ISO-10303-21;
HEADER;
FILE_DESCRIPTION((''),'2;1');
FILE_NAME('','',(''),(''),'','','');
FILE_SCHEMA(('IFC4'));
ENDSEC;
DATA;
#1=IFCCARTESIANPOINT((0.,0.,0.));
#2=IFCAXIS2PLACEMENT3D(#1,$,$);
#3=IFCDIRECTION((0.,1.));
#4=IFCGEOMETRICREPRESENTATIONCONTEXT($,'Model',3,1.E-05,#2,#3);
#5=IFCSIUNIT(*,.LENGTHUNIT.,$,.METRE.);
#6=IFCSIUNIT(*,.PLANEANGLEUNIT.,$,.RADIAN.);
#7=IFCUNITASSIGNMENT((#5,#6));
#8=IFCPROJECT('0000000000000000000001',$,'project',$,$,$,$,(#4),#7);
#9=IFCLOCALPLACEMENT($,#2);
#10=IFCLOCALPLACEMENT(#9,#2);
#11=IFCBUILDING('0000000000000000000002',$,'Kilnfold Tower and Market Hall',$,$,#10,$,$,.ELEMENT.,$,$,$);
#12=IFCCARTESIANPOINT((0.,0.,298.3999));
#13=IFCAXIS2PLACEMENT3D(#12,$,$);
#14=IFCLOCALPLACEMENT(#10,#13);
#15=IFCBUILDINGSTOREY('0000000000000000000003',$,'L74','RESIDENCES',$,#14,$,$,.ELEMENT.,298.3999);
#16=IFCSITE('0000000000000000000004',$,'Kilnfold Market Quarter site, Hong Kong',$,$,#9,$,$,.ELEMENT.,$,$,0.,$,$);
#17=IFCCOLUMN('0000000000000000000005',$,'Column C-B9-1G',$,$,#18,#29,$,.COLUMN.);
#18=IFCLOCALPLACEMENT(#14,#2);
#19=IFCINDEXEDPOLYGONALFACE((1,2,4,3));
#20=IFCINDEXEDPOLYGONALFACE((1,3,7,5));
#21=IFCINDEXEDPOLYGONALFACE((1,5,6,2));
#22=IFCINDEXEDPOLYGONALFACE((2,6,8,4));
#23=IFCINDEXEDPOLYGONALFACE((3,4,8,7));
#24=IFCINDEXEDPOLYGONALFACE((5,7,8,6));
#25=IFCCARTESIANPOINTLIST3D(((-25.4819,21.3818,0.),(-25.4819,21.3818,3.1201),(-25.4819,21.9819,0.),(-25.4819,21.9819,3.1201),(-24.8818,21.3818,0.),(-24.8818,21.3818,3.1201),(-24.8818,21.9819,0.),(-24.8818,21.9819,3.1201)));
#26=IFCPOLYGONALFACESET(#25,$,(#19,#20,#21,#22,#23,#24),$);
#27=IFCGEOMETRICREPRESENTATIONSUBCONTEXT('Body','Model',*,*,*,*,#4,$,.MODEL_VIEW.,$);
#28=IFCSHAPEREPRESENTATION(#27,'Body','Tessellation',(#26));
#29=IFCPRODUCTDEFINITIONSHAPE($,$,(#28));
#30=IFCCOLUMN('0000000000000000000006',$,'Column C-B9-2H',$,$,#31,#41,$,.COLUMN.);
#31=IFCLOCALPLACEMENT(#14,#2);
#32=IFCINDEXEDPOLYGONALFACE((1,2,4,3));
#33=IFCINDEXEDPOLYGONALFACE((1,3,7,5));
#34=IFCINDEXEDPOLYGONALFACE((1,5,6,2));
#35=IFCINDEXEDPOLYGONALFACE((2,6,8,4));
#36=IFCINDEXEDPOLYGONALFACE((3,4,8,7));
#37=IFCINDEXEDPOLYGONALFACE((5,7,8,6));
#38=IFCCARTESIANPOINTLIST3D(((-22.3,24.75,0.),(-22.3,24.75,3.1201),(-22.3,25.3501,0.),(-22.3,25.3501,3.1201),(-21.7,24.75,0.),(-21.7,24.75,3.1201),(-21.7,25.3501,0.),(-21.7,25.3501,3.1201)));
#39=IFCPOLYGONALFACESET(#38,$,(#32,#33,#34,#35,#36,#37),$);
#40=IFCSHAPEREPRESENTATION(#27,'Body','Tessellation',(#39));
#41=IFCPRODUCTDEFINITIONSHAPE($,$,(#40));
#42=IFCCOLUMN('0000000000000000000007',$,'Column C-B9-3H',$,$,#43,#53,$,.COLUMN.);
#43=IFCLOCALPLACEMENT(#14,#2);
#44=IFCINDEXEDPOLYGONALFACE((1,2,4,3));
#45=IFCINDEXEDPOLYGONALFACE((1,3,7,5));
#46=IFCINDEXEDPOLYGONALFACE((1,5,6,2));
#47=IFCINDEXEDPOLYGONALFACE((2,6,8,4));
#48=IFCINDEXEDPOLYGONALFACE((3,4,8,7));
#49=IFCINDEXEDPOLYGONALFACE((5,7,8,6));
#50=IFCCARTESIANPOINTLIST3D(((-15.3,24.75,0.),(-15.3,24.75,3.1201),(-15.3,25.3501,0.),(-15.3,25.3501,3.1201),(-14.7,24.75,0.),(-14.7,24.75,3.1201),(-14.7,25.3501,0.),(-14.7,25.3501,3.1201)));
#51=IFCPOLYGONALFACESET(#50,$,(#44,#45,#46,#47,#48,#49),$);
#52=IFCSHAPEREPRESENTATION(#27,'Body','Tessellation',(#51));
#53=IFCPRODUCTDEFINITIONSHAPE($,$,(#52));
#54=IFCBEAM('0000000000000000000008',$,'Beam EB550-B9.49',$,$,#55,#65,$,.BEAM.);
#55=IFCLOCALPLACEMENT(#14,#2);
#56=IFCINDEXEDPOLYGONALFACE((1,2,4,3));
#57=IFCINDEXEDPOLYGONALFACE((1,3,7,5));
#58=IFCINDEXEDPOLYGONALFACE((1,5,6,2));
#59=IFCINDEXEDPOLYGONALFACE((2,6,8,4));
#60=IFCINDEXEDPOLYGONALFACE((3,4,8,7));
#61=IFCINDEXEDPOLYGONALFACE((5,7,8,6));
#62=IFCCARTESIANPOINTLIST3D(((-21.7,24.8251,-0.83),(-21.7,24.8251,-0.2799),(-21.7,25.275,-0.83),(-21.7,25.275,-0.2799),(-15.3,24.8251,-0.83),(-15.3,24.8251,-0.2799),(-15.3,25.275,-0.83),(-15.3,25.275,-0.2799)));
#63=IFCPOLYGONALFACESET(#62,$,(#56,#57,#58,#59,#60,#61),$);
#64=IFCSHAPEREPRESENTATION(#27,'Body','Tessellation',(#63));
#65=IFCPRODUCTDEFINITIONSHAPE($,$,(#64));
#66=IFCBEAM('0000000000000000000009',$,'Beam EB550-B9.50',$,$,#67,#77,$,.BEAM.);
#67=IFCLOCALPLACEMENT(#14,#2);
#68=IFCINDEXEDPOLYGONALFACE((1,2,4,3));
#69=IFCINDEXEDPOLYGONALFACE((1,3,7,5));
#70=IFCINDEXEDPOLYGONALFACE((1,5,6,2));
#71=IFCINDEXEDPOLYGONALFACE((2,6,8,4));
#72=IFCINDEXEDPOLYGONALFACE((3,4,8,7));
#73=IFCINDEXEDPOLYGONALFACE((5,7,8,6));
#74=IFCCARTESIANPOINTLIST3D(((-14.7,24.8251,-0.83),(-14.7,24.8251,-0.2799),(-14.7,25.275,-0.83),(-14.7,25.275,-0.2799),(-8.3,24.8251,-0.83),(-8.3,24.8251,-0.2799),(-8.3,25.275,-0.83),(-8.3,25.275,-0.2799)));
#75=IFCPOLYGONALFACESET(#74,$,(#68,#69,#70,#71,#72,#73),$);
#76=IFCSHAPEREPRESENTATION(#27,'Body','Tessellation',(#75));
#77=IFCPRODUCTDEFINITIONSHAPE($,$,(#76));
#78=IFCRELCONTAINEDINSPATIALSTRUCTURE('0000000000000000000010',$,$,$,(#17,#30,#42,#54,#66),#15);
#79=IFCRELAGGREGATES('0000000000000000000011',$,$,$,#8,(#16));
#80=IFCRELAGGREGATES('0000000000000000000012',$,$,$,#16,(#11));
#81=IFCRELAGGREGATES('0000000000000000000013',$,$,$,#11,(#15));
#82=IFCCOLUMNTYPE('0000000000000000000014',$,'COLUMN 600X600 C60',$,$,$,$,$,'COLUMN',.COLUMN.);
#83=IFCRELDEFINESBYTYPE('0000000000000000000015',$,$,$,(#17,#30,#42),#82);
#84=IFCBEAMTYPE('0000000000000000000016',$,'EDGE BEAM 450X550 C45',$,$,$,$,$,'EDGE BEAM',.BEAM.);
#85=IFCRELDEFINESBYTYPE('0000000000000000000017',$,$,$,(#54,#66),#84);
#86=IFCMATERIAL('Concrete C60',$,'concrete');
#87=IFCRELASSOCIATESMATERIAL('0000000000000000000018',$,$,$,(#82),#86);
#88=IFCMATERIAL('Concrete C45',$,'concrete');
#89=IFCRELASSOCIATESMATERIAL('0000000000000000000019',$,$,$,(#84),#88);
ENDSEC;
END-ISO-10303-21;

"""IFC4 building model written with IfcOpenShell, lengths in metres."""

from ifc_helpers import new_model, si_unit, direction, frame, origin, origin_2d, place, context, subcontext, project, spatial, rectangle, extrude, source, transform, mapped, material, material_profile, profile_set, type_object, element, save


model = new_model("IFC4")

# Units and contexts
model_context = context("Model", 3, precision=1e-05, world=origin(), true_north=direction((0.0, 1.0)))
body_context = subcontext(model_context, "Body", "Model", "MODEL_VIEW")
ifc_project = project(units=[si_unit("LENGTHUNIT", "METRE"), si_unit("PLANEANGLEUNIT", "RADIAN")], contexts=[model_context])

# Site, building, storey
site_placement = place(None, origin())
site = spatial("IfcSite", under=ifc_project, at=site_placement, Name="Kilnfold Market Quarter site, Hong Kong", CompositionType="ELEMENT", RefElevation=0.0)
building_placement = place(site_placement, origin())
building = spatial("IfcBuilding", under=site, at=building_placement, Name="Kilnfold Tower and Market Hall", CompositionType="ELEMENT")
storey_placement = place(building_placement, frame((0.0, 0.0, 298.3999)))
storey = spatial("IfcBuildingStorey", under=building, at=storey_placement, Name="L74", Description="RESIDENCES", CompositionType="ELEMENT", Elevation=298.3999)

# Columns
ifc_material_1 = material(Name="Concrete C60", Category="concrete")
ifc_material_profile_1 = material_profile(ifc_material_1, rectangle(XDim=0.6001, YDim=0.6001, at=origin_2d()), Name="RC 600x600")
ifc_profile_set_1 = profile_set([ifc_material_profile_1], Name="Concrete C60")
column_type = type_object("IfcColumnType", Name="COLUMN 600X600 C60", ElementType="COLUMN", PredefinedType="COLUMN", material=ifc_profile_set_1)
shared_shape_1 = source(origin(), body_context, "Body", "SweptSolid", [
    extrude(rectangle(XDim=0.6001, YDim=0.6001, at=origin_2d()), origin(), (0.0, 0.0, 1.0), 3.1201),
])
for number, where, z_axis, x_axis, name in (
    (1, (-25.1819, 21.6819, 0.0), (0.0, 0.0, 1.0), (1.0, 0.0, 0.0), "Column C-B9-1G"),
    (2, (-22.0, 25.05, 0.0), (0.0, 0.0, 1.0), (1.0, 0.0, 0.0), "Column C-B9-2H"),
    (3, (-15.0, 25.05, 0.0), (0.0, 0.0, 1.0), (1.0, 0.0, 0.0), "Column C-B9-3H"),
):
    element("IfcColumn", number, at=place(storey_placement, frame(where, z_axis=z_axis, x_axis=x_axis)), inside=storey, type_object=column_type, Name=name, PredefinedType="COLUMN", context=body_context, shape_type="MappedRepresentation", body=[
        mapped(shared_shape_1, transform((0.0, 0.0, 0.0))),
    ])

# Beams
ifc_material_2 = material(Name="Concrete C45", Category="concrete")
ifc_material_profile_2 = material_profile(ifc_material_2, rectangle(XDim=0.45, YDim=0.55, at=origin_2d()), Name="RC 450x550")
ifc_profile_set_2 = profile_set([ifc_material_profile_2], Name="Concrete C45")
beam_type = type_object("IfcBeamType", Name="EDGE BEAM 450X550 C45", ElementType="EDGE BEAM", PredefinedType="BEAM", material=ifc_profile_set_2)
shared_shape_2 = source(origin(), body_context, "Body", "SweptSolid", [
    extrude(rectangle(XDim=0.45, YDim=0.55, at=origin_2d()), origin(), (0.0, 0.0, 1.0), 6.3999),
])
for number, where, z_axis, x_axis, name in (
    (4, (-21.7, 25.05, -0.5549), (1.0, 0.0, 0.0), (0.0, 1.0, 0.0), "Beam EB550-B9.49"),
    (5, (-14.7, 25.05, -0.5549), (1.0, 0.0, 0.0), (0.0, 1.0, 0.0), "Beam EB550-B9.50"),
):
    element("IfcBeam", number, at=place(storey_placement, frame(where, z_axis=z_axis, x_axis=x_axis)), inside=storey, type_object=beam_type, Name=name, PredefinedType="BEAM", context=body_context, shape_type="MappedRepresentation", body=[
        mapped(shared_shape_2, transform((0.0, 0.0, 0.0))),
    ])

save(model, "model.ifc")
